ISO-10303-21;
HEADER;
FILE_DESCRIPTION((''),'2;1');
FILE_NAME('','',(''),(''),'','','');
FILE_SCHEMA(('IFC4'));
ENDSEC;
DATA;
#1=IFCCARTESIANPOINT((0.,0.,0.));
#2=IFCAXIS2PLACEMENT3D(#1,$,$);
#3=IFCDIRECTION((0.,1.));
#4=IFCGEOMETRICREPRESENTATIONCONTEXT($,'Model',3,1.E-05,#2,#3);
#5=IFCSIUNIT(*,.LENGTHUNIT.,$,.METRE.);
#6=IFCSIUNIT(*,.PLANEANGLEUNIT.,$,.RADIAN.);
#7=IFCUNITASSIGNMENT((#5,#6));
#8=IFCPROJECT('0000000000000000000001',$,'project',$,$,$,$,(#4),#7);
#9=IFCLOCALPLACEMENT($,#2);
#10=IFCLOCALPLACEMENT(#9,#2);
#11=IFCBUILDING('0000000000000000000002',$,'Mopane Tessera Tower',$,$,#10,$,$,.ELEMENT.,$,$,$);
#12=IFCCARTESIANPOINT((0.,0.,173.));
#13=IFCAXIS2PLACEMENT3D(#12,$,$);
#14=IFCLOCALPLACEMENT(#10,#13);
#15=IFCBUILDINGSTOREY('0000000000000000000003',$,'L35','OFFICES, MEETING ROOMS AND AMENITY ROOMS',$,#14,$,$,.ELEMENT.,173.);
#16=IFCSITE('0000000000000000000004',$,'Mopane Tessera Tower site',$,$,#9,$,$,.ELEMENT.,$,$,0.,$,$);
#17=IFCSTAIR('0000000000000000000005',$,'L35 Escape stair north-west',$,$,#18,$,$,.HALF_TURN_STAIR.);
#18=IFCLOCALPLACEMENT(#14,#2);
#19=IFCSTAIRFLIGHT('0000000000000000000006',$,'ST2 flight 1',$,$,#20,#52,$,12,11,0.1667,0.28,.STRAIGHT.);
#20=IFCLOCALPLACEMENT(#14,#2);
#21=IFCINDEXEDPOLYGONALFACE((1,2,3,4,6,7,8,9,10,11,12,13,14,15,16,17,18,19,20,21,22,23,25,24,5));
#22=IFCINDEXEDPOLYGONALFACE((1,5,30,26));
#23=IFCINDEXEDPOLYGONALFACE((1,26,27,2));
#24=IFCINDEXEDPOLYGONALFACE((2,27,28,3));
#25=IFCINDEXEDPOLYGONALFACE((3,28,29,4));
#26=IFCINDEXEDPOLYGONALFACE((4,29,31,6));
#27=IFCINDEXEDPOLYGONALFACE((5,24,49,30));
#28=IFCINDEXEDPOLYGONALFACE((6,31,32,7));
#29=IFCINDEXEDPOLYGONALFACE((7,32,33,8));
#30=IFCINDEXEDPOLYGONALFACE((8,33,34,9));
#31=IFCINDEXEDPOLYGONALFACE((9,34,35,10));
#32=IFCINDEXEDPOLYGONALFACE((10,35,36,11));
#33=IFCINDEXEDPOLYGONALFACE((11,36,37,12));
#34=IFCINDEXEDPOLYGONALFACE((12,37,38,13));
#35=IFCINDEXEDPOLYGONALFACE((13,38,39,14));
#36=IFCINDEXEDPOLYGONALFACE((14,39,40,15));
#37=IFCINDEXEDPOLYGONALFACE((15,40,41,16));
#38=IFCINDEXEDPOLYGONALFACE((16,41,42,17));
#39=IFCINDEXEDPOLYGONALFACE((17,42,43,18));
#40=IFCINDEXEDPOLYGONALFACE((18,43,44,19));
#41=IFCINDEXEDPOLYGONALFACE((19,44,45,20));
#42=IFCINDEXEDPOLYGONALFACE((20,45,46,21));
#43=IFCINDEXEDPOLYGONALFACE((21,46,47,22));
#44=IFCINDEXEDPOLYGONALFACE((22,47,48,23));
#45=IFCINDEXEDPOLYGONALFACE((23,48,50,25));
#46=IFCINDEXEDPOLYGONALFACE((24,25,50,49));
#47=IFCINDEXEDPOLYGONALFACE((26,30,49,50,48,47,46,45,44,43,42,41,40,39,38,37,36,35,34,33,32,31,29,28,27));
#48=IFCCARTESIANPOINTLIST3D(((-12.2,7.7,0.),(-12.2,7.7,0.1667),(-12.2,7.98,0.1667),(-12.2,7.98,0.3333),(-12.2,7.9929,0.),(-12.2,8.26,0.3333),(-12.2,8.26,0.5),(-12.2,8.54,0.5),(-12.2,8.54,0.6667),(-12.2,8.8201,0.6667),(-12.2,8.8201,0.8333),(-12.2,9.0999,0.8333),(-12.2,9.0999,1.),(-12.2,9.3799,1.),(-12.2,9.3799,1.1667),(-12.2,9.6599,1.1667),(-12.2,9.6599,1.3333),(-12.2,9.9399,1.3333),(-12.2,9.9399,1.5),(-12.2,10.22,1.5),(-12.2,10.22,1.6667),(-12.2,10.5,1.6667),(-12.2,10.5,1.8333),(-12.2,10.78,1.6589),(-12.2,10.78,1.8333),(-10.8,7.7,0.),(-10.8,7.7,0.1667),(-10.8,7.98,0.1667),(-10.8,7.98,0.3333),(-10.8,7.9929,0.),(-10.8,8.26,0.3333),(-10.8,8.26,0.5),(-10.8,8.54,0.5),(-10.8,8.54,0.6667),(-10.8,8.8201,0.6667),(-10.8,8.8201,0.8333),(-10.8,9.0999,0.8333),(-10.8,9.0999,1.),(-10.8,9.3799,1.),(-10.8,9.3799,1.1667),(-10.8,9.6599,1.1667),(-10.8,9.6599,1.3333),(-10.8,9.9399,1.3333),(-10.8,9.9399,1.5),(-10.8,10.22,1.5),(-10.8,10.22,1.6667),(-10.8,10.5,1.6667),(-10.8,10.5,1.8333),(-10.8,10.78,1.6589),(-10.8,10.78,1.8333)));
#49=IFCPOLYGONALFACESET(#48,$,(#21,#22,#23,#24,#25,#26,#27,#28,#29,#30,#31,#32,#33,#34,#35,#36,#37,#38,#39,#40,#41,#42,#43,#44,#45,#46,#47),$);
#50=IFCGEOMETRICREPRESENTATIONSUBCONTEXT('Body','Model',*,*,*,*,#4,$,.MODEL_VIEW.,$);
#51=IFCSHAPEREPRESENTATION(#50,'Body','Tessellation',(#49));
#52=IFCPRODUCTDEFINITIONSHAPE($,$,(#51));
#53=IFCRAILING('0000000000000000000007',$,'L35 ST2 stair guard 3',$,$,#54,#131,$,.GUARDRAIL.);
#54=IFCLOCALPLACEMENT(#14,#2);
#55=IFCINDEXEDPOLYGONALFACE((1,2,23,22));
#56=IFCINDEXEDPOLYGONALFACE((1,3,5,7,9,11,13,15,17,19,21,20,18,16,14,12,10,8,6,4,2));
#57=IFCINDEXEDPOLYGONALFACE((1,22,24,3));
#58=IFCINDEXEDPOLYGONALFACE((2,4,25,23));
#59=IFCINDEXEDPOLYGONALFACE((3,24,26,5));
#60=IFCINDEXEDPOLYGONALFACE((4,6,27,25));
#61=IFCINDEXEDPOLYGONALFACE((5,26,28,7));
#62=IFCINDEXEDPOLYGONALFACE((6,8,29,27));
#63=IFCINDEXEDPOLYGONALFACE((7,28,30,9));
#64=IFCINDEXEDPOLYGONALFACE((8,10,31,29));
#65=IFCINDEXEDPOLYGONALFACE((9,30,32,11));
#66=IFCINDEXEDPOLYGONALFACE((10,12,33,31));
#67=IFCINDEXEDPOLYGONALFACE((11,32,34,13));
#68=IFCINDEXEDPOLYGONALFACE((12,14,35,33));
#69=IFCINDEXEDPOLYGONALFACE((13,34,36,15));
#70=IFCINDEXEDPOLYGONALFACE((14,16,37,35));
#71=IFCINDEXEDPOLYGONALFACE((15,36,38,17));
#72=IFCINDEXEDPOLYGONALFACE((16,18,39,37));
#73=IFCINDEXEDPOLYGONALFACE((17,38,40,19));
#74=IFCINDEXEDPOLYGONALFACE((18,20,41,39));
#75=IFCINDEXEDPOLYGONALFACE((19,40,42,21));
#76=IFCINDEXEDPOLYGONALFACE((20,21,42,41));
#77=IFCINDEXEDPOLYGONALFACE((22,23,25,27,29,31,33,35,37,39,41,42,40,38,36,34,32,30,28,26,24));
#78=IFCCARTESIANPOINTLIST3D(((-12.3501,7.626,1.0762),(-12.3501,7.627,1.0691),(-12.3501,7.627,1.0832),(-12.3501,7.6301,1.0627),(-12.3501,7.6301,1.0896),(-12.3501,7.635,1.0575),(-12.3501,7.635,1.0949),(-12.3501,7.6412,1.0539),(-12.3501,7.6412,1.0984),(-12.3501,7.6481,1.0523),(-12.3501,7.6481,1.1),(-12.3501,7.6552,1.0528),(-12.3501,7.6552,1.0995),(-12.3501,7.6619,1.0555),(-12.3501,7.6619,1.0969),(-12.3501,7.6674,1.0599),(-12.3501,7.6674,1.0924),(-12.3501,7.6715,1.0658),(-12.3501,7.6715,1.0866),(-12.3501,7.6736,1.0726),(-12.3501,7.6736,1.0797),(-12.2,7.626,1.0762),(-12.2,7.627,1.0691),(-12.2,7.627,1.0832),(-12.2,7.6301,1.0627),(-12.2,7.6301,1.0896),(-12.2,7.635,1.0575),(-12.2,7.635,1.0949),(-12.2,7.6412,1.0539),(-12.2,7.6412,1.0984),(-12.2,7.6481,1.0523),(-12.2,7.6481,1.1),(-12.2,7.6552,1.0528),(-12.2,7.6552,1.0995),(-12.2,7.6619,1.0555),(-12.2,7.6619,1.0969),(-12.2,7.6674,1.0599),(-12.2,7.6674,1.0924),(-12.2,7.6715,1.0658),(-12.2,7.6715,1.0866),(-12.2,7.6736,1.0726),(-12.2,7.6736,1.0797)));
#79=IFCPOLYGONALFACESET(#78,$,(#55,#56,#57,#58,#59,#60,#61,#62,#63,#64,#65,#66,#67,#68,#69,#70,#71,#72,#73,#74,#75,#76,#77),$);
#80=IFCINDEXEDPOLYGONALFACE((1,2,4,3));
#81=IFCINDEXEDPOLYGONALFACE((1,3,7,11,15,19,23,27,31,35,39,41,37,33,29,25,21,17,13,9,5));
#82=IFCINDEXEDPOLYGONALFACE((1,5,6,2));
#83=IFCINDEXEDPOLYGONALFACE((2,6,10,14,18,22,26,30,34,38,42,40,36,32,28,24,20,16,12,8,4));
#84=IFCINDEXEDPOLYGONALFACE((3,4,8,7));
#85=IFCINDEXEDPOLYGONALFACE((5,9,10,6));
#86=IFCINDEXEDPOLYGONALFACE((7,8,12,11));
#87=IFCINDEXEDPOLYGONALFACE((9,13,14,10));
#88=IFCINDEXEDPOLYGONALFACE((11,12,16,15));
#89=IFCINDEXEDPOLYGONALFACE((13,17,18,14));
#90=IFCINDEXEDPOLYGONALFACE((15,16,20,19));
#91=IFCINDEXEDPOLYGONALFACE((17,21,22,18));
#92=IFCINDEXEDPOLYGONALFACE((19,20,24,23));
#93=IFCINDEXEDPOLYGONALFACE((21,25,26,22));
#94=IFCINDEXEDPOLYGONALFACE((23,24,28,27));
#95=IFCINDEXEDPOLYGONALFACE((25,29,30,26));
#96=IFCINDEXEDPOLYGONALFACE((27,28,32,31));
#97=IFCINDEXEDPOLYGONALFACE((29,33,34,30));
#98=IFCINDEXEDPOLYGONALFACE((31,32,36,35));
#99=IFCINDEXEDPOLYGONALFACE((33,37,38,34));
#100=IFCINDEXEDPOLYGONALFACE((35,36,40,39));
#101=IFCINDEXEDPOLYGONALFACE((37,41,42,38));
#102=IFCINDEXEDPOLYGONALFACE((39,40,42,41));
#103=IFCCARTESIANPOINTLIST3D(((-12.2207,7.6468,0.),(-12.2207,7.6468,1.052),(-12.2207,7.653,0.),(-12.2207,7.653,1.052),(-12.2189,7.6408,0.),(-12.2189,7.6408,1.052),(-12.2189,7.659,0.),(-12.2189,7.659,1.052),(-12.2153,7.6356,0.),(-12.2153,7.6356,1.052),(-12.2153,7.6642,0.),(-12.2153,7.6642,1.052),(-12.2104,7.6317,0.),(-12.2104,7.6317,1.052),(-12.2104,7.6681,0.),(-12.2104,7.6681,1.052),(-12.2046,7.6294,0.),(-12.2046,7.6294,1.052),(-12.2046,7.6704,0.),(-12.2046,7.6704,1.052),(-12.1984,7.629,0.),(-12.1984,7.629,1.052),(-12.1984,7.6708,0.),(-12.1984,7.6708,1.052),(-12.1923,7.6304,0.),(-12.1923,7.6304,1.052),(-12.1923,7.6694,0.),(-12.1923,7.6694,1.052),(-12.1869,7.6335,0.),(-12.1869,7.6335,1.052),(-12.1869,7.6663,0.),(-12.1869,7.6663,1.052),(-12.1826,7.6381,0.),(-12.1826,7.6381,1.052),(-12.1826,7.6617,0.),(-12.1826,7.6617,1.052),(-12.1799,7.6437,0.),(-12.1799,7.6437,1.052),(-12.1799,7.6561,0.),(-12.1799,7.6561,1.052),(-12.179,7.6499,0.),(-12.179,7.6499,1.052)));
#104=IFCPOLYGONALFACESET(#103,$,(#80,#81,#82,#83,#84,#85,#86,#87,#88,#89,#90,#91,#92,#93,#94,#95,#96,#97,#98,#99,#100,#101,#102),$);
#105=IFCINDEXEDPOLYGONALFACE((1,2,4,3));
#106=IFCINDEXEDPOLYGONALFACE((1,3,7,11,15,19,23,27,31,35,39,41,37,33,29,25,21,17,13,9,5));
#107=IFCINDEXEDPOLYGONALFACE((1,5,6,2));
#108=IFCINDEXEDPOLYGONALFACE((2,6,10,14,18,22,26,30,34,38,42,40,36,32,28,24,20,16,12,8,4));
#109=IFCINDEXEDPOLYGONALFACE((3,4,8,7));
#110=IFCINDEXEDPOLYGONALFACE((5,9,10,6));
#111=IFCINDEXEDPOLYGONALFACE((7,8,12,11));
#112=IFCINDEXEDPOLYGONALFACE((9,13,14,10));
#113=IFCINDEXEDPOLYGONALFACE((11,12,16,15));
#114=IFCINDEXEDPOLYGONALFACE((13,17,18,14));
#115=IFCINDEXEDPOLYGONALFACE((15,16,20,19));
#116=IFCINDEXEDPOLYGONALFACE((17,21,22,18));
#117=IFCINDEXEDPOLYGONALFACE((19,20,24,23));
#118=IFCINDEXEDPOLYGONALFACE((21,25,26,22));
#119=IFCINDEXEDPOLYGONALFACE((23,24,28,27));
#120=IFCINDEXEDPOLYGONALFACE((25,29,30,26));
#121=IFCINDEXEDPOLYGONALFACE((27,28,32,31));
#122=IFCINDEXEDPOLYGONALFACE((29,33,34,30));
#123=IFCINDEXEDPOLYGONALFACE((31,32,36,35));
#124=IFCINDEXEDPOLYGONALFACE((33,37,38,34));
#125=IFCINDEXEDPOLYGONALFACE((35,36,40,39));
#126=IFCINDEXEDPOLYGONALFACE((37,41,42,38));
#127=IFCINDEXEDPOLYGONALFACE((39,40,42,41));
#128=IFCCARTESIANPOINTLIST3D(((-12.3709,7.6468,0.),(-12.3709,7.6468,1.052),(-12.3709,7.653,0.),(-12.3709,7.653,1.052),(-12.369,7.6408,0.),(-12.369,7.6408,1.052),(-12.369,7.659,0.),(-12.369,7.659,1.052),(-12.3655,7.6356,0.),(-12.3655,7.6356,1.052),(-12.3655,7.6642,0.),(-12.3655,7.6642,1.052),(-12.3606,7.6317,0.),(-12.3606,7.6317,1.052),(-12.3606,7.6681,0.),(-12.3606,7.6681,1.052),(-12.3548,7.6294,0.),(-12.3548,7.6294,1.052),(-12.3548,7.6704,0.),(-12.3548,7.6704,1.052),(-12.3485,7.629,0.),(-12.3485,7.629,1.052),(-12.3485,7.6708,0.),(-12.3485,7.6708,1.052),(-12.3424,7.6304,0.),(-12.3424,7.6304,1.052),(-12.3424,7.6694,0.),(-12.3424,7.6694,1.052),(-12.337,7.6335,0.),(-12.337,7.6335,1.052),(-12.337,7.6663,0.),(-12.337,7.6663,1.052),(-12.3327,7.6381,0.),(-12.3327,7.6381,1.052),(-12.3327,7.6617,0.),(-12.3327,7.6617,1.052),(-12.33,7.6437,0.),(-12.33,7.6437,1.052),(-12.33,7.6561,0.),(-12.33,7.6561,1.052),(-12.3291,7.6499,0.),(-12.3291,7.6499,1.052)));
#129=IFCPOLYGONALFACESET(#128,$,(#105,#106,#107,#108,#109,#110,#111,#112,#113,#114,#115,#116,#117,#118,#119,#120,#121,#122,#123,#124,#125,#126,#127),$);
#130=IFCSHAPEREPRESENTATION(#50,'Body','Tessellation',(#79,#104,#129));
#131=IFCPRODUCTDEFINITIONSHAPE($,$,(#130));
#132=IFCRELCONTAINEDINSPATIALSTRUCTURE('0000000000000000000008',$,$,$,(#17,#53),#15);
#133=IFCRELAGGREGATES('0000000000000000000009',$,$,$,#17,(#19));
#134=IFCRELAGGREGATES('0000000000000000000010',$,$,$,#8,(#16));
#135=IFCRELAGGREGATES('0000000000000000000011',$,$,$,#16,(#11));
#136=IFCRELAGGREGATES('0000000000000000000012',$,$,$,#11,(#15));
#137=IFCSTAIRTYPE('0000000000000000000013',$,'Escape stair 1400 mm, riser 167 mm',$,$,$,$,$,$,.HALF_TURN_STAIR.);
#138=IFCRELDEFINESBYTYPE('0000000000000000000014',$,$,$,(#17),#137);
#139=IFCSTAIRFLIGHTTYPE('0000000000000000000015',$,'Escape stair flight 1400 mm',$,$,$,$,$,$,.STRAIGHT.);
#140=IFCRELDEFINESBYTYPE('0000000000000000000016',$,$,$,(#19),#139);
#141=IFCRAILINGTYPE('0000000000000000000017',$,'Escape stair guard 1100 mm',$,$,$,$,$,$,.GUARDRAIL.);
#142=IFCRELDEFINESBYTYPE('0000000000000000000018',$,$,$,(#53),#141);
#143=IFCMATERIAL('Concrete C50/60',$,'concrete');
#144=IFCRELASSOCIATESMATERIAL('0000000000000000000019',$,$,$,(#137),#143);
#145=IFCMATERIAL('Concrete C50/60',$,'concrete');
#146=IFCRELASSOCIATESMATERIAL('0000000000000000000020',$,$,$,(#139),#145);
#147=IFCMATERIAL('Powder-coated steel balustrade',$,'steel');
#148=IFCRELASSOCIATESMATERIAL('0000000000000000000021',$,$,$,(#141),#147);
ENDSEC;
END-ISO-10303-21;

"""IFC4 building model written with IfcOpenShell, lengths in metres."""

from ifc_helpers import new_model, si_unit, direction, frame, origin, origin_2d, place, context, subcontext, project, spatial, polyline, circle, outline, extrude, material, type_object, element, aggregate, save


model = new_model("IFC4")

# Units and contexts
model_context = context("Model", 3, precision=1e-05, world=origin(), true_north=direction((0.0, 1.0)))
body_context = subcontext(model_context, "Body", "Model", "MODEL_VIEW")
ifc_project = project(units=[si_unit("LENGTHUNIT", "METRE"), si_unit("PLANEANGLEUNIT", "RADIAN")], contexts=[model_context])

# Site, building, storey
site_placement = place(None, origin())
site = spatial("IfcSite", under=ifc_project, at=site_placement, Name="Mopane Tessera Tower site", CompositionType="ELEMENT", RefElevation=0.0)
building_placement = place(site_placement, origin())
building = spatial("IfcBuilding", under=site, at=building_placement, Name="Mopane Tessera Tower", CompositionType="ELEMENT")
storey_placement = place(building_placement, frame((0.0, 0.0, 173.0)))
storey = spatial("IfcBuildingStorey", under=building, at=storey_placement, Name="L35", Description="OFFICES, MEETING ROOMS AND AMENITY ROOMS", CompositionType="ELEMENT", Elevation=173.0)

# Stair, stair flight
ifc_material_1 = material(Name="Concrete C50/60", Category="concrete")
stair_type = type_object("IfcStairType", Name="Escape stair 1400 mm, riser 167 mm", PredefinedType="HALF_TURN_STAIR", material=ifc_material_1)
stair_placement = place(storey_placement, origin())
stair = element("IfcStair", 1, at=stair_placement, inside=storey, type_object=stair_type, Name="L35 Escape stair north-west", PredefinedType="HALF_TURN_STAIR")
ifc_material_2 = material(Name="Concrete C50/60", Category="concrete")
stair_flight_type = type_object("IfcStairFlightType", Name="Escape stair flight 1400 mm", PredefinedType="STRAIGHT", material=ifc_material_2)
stair_flight_placement = place(storey_placement, frame((-11.5, 7.7, 0.0), z_axis=(0.0, 0.0, 1.0), x_axis=(0.0, 1.0, 0.0)))
stair_flight = element("IfcStairFlight", 2, at=stair_flight_placement, type_object=stair_flight_type, Name="ST2 flight 1", NumberOfRisers=12, NumberOfTreads=11, PredefinedType="STRAIGHT", RiserHeight=0.1667, TreadLength=0.28, context=body_context, shape_type="SweptSolid", body=[
    extrude(outline(polyline([(0.0, 0.0), (0.0, 0.1667), (0.28, 0.1667), (0.28, 0.3333), (0.5601, 0.3333), (0.5601, 0.5), (0.8401, 0.5), (0.8401, 0.6667), (1.1201, 0.6667), (1.1201, 0.8333), (1.3999, 0.8333), (1.3999, 1.0), (1.6799, 1.0), (1.6799, 1.1667), (1.96, 1.1667), (1.96, 1.3333), (2.24, 1.3333), (2.24, 1.5), (2.52, 1.5), (2.52, 1.6667), (2.8, 1.6667), (2.8, 1.8333), (3.0801, 1.8333), (3.0801, 2.0), (3.0801, 1.6589), (0.293, 0.0), (0.0, 0.0)])), frame((0.0, 0.7, 0.0), z_axis=(0.0, -1.0, 0.0), x_axis=(1.0, 0.0, 0.0)), (0.0, 0.0, 1.0), 1.3999),
])
aggregate(stair, [stair_flight])

# Railing
ifc_material_3 = material(Name="Powder-coated steel balustrade", Category="steel")
railing_type_1 = type_object("IfcRailingType", Name="Escape stair guard 1100 mm", PredefinedType="GUARDRAIL", material=ifc_material_3)
railing_1_placement = place(storey_placement, frame((-12.2, 7.6499, 0.0)))
element("IfcRailing", 3, at=railing_1_placement, inside=storey, type_object=railing_type_1, Name="L35 ST2 stair guard 3", PredefinedType="GUARDRAIL", context=body_context, shape_type="SweptSolid", body=[
    extrude(circle(Radius=0.0239, at=origin_2d()), frame((0.0, 0.0, 1.0762), z_axis=(-1.0, 0.0, 0.0), x_axis=(0.0, -1.0, 0.0)), (0.0, 0.0, 1.0), 0.1501),
    extrude(circle(Radius=0.021, at=origin_2d()), origin(), (0.0, 0.0, 1.0), 1.052),
    extrude(circle(Radius=0.021, at=origin_2d()), frame((-0.1501, 0.0, 0.0)), (0.0, 0.0, 1.0), 1.052),
])

save(model, "model.ifc")
